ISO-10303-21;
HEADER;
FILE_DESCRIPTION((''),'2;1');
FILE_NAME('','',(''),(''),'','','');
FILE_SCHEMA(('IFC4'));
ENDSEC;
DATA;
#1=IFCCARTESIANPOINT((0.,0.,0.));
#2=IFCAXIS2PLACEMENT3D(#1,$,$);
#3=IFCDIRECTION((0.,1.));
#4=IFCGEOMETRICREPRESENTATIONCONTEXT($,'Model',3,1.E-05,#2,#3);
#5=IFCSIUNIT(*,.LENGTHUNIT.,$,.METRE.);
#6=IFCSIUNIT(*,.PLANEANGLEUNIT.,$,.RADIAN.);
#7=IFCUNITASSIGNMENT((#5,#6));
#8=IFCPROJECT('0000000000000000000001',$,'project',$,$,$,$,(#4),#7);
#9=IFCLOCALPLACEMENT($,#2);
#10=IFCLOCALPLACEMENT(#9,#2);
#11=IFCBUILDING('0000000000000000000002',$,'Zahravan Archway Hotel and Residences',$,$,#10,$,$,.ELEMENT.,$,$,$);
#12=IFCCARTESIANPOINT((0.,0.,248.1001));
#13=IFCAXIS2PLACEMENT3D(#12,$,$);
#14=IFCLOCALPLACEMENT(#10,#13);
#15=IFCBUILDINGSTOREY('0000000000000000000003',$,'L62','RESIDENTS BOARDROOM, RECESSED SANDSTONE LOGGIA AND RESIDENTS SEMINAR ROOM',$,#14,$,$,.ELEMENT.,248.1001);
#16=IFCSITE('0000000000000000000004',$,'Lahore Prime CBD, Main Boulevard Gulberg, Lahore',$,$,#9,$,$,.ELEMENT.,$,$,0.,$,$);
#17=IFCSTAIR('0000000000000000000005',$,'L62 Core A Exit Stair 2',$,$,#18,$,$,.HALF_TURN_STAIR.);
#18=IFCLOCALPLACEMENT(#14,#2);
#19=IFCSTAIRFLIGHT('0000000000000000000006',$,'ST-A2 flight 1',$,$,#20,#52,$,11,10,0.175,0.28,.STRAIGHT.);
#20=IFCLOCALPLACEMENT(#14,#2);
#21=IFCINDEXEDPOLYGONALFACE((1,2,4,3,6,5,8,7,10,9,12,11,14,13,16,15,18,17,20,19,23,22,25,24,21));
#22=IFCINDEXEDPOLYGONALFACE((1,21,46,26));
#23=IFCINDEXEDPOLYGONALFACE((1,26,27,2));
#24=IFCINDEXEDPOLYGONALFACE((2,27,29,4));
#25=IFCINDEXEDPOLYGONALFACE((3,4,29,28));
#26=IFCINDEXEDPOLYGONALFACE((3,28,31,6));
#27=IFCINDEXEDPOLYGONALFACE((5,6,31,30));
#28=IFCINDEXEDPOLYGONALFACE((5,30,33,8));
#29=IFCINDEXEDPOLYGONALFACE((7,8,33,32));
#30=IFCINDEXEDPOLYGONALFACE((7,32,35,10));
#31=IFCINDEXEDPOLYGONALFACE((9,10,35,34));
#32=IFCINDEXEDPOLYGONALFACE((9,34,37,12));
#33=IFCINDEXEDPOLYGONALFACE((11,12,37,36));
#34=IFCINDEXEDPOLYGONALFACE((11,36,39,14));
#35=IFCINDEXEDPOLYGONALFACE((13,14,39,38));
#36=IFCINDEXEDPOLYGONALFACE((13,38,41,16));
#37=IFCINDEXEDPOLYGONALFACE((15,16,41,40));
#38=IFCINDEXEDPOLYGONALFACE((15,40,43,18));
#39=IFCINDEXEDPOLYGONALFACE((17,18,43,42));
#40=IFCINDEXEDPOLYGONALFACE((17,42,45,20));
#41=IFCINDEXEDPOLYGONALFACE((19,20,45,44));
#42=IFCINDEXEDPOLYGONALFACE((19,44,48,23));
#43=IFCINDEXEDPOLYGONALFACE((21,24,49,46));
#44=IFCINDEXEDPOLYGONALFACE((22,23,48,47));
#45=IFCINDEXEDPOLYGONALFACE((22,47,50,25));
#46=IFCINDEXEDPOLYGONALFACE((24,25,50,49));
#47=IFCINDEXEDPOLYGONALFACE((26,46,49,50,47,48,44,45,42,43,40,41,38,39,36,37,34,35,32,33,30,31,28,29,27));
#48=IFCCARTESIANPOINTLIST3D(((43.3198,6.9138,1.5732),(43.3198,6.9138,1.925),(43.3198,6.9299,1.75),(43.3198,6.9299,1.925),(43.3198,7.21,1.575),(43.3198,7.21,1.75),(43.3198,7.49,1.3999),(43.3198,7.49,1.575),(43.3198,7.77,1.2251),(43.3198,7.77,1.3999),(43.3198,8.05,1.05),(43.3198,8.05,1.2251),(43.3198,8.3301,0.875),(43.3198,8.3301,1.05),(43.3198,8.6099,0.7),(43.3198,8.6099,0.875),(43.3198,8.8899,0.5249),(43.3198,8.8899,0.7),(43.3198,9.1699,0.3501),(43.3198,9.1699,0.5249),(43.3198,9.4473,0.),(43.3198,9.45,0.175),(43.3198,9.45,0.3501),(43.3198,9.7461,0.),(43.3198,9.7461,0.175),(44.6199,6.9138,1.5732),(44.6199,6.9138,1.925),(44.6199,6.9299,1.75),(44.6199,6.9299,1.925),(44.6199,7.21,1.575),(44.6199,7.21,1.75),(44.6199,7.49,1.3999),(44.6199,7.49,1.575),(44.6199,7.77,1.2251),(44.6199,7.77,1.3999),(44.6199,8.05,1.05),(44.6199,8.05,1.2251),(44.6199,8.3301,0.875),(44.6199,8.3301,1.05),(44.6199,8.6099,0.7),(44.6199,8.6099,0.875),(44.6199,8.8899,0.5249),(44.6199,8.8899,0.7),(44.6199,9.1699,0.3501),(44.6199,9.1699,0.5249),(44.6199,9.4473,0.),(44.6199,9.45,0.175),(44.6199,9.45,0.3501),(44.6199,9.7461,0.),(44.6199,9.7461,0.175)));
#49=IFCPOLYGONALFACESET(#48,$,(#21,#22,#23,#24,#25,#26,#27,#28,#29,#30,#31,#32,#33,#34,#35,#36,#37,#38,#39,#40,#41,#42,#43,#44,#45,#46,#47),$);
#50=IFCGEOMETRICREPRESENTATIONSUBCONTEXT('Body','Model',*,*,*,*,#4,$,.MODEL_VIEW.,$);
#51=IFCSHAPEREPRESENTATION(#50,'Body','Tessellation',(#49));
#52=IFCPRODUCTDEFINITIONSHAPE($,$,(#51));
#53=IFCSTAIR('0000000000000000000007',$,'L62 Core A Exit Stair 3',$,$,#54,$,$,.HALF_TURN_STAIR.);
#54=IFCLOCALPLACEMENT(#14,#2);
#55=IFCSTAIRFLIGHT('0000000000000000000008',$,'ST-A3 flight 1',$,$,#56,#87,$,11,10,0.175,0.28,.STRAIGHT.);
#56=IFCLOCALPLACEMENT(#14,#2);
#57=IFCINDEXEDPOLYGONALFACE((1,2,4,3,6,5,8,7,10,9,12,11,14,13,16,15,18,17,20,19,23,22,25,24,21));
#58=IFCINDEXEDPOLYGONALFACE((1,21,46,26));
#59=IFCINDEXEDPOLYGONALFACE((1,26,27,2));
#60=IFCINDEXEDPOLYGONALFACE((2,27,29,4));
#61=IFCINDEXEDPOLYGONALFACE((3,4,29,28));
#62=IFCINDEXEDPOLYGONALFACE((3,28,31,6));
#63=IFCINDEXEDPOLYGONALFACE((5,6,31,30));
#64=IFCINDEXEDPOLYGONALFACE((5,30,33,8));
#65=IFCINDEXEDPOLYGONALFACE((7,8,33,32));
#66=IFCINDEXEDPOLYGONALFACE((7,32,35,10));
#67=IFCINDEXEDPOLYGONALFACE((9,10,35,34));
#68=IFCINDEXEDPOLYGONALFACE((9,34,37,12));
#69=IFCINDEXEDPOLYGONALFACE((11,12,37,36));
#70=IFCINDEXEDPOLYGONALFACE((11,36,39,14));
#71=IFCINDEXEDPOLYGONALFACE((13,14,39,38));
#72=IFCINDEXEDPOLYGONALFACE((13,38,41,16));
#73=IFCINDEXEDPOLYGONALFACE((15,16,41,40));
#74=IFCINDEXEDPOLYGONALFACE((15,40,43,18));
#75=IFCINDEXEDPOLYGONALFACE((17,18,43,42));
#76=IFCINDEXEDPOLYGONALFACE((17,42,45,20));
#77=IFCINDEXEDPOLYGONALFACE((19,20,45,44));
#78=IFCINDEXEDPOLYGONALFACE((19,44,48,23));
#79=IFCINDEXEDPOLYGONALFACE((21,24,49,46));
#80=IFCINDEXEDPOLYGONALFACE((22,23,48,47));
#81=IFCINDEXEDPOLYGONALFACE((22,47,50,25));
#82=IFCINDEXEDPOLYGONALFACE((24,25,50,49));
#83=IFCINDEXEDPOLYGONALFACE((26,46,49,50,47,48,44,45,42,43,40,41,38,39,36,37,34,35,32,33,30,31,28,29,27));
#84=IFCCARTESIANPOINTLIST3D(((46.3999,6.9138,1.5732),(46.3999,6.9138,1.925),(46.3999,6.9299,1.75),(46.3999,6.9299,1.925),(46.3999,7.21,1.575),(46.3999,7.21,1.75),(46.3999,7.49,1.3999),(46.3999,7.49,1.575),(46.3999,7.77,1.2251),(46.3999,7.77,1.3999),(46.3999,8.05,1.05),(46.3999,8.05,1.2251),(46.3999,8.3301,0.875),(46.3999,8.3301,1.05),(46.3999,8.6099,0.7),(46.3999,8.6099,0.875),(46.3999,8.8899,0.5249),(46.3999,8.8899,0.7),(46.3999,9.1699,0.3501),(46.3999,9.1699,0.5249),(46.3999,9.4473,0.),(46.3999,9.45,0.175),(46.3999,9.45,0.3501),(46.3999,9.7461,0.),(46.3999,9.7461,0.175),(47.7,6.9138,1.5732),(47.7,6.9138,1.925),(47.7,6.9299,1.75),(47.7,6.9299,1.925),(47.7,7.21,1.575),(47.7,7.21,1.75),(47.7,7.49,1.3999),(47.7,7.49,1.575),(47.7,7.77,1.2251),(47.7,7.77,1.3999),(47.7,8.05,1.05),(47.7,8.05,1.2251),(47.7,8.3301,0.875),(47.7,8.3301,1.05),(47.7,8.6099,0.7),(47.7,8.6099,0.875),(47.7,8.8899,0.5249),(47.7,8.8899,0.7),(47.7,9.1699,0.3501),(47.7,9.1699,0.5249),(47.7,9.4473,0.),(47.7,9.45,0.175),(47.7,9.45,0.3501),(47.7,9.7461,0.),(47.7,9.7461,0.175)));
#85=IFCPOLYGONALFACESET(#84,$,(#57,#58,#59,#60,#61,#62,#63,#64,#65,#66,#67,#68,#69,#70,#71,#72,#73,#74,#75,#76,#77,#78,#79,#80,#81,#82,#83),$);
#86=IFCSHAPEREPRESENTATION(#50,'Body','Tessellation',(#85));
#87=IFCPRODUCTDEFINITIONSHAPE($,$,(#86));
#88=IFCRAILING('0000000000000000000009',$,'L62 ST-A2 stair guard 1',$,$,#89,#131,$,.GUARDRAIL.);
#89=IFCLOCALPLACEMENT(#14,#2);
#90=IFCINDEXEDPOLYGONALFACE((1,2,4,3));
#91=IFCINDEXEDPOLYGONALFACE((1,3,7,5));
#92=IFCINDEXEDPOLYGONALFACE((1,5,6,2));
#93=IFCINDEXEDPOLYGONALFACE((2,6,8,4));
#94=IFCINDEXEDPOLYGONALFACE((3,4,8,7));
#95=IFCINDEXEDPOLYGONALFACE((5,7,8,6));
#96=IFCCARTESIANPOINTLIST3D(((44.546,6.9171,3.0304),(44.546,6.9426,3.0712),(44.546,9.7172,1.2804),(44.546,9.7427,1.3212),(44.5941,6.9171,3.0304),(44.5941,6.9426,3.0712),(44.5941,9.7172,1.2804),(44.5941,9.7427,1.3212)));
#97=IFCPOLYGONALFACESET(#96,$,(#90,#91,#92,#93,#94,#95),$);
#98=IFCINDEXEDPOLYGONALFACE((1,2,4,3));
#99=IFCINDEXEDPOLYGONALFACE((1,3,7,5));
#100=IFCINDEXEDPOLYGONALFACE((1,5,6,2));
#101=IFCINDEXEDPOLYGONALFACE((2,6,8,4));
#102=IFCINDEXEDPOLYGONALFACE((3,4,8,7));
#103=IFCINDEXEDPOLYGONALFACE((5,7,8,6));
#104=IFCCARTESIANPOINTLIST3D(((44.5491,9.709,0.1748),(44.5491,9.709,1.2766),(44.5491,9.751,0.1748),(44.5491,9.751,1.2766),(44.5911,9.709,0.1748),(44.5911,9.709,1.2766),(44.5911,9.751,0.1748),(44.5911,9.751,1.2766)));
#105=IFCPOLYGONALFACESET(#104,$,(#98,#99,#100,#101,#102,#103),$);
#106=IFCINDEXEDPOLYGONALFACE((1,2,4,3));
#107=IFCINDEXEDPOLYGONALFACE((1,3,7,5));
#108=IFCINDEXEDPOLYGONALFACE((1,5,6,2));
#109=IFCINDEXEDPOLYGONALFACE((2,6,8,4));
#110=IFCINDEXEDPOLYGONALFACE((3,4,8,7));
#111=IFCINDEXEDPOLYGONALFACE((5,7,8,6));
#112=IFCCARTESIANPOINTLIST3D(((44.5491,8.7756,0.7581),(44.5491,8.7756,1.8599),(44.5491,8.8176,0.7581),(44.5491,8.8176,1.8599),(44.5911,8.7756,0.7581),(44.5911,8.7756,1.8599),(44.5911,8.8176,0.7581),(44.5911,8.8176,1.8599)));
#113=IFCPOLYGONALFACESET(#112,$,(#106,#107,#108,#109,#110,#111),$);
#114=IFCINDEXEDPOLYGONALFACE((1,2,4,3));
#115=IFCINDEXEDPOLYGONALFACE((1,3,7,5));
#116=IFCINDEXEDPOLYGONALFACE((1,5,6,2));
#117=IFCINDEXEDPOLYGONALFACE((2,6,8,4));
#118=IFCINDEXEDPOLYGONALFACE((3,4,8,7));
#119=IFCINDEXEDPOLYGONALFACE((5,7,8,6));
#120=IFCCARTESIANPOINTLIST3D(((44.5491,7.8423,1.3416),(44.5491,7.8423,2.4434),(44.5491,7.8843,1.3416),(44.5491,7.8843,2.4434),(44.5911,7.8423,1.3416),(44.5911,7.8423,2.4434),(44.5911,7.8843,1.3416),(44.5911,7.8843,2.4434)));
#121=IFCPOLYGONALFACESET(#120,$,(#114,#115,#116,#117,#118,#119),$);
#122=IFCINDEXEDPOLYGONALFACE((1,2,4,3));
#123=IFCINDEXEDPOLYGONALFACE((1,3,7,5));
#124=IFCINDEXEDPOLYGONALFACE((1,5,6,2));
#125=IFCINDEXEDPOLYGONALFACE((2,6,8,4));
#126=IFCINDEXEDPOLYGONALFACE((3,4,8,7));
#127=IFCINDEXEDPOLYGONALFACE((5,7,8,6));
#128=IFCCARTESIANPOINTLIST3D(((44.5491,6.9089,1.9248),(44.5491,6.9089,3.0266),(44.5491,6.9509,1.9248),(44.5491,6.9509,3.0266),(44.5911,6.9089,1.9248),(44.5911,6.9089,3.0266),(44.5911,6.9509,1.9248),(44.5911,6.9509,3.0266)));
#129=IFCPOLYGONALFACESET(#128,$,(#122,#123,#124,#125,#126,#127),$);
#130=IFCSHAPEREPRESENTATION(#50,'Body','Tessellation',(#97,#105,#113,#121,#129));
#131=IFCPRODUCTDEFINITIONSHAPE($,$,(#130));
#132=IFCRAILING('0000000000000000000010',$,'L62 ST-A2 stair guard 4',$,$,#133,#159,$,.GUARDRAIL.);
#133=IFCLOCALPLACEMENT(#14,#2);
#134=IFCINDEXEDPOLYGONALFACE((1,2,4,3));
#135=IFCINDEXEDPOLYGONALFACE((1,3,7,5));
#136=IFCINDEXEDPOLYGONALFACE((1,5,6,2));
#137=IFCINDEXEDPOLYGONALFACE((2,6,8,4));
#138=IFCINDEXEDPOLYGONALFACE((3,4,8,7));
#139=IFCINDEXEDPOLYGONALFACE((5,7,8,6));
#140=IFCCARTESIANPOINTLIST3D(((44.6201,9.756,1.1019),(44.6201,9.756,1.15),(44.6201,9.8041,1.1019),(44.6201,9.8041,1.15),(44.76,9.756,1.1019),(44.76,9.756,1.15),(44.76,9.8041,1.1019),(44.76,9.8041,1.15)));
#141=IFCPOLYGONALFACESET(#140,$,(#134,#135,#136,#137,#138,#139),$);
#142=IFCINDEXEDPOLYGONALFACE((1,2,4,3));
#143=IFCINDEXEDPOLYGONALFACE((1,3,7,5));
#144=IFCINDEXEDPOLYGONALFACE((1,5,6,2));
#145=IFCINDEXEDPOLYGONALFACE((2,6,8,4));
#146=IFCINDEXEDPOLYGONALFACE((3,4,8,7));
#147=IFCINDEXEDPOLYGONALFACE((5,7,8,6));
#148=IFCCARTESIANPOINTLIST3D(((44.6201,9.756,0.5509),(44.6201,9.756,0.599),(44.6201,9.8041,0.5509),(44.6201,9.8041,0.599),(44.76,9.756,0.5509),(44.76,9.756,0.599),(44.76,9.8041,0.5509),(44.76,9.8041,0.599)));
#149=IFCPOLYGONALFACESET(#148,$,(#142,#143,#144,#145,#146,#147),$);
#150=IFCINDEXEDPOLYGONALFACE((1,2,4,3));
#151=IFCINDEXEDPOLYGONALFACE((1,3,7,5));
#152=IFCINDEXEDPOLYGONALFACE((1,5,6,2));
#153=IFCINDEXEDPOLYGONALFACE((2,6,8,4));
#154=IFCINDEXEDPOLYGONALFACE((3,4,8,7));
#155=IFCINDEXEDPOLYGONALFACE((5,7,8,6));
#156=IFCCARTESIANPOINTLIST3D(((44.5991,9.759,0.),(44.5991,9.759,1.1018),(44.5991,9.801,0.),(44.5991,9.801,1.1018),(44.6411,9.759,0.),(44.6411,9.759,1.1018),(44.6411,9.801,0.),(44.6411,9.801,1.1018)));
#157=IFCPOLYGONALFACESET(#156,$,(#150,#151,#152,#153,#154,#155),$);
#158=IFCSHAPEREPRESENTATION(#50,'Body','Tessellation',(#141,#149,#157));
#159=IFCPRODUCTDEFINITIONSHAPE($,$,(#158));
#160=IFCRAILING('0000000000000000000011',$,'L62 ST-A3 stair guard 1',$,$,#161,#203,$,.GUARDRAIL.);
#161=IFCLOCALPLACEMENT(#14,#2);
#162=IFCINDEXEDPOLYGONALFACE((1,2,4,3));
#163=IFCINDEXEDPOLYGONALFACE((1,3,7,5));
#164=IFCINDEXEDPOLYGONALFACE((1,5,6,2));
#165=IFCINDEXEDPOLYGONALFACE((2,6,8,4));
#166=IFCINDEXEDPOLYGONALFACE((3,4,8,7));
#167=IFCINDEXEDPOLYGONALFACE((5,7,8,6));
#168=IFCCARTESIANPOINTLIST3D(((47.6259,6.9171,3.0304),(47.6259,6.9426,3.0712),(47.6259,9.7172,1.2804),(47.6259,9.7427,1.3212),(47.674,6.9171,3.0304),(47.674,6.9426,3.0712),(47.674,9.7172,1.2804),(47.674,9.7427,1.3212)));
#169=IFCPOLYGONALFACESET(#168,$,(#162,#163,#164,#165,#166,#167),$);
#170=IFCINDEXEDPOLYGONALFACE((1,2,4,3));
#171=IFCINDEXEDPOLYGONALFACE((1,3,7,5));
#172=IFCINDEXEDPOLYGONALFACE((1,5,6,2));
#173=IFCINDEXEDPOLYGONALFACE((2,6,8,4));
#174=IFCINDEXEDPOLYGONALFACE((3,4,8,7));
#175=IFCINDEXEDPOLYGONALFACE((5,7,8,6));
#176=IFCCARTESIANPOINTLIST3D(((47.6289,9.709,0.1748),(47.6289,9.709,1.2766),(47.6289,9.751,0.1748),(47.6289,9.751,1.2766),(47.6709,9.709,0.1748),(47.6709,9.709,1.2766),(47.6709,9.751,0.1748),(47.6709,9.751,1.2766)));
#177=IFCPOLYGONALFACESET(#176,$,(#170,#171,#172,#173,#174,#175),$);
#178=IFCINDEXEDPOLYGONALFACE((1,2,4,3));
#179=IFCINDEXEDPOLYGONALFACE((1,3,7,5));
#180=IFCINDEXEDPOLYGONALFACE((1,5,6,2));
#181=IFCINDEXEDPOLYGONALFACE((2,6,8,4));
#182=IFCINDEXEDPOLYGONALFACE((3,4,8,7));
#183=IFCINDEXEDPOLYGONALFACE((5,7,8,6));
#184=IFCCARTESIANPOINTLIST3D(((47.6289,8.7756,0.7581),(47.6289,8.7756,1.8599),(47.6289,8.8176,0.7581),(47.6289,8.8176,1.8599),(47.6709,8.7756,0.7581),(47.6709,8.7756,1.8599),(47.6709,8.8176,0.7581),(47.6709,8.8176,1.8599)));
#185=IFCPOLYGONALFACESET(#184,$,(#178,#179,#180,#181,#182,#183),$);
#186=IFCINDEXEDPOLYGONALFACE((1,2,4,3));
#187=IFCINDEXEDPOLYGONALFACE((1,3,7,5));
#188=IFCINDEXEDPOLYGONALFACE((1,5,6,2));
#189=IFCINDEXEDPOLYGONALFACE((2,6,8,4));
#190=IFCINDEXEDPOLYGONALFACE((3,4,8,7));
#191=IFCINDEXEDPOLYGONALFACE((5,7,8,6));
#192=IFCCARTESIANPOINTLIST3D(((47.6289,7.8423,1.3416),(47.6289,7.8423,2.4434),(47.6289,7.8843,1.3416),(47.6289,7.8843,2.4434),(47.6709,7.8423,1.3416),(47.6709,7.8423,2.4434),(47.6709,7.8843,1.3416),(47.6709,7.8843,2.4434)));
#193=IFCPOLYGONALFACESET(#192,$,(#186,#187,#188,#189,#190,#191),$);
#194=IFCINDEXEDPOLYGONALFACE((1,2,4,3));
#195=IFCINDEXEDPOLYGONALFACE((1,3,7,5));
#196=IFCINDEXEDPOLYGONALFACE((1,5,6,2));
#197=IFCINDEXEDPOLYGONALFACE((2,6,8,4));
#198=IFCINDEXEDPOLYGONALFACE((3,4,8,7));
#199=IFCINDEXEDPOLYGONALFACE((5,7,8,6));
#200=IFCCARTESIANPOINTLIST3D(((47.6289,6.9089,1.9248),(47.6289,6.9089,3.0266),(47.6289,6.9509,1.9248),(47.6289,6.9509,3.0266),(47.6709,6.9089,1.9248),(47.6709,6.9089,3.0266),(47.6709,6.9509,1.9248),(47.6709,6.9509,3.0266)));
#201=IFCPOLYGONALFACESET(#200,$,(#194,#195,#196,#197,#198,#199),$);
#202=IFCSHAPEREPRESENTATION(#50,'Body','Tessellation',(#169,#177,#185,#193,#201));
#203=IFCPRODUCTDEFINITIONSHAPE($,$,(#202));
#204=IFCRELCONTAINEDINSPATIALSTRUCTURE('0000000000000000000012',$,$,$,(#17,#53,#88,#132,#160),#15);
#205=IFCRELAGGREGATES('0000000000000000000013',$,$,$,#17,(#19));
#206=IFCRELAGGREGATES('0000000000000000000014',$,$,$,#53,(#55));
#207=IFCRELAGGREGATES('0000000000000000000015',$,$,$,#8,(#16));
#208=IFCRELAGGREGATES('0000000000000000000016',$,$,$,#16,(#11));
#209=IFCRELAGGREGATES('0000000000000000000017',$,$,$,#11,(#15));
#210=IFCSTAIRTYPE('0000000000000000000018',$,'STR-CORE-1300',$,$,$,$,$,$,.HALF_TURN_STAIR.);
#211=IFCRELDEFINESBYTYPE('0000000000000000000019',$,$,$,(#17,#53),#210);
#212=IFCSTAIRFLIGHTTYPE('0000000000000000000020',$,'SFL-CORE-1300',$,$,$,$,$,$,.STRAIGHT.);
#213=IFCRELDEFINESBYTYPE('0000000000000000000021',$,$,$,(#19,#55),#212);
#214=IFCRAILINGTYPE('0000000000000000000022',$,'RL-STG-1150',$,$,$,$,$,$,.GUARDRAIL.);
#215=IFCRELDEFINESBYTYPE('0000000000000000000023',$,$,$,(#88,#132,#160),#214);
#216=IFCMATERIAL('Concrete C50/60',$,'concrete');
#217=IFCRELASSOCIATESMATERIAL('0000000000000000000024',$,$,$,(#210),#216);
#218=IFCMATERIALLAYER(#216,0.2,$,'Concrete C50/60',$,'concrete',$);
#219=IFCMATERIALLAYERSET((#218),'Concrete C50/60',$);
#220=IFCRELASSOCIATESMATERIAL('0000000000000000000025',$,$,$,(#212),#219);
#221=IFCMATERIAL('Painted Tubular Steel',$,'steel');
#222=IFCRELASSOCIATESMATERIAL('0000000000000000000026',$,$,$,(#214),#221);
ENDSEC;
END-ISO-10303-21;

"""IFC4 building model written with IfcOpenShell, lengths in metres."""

from ifc_helpers import new_model, si_unit, direction, frame, origin, origin_2d, place, context, subcontext, project, spatial, polyline, rectangle, outline, extrude, source, transform, mapped, material, layer, layer_set, type_object, element, aggregate, save


model = new_model("IFC4")

# Units and contexts
model_context = context("Model", 3, precision=1e-05, world=origin(), true_north=direction((0.0, 1.0)))
body_context = subcontext(model_context, "Body", "Model", "MODEL_VIEW")
ifc_project = project(units=[si_unit("LENGTHUNIT", "METRE"), si_unit("PLANEANGLEUNIT", "RADIAN")], contexts=[model_context])

# Site, building, storey
site_placement = place(None, origin())
site = spatial("IfcSite", under=ifc_project, at=site_placement, Name="Lahore Prime CBD, Main Boulevard Gulberg, Lahore", CompositionType="ELEMENT", RefElevation=0.0)
building_placement = place(site_placement, origin())
building = spatial("IfcBuilding", under=site, at=building_placement, Name="Zahravan Archway Hotel and Residences", CompositionType="ELEMENT")
storey_placement = place(building_placement, frame((0.0, 0.0, 248.1001)))
storey = spatial("IfcBuildingStorey", under=building, at=storey_placement, Name="L62", Description="RESIDENTS BOARDROOM, RECESSED SANDSTONE LOGGIA AND RESIDENTS SEMINAR ROOM", CompositionType="ELEMENT", Elevation=248.1001)

# Shared definitions
ifc_material_1 = material(Name="Concrete C50/60", Category="concrete")

# Stairs, stair flights
stair_type = type_object("IfcStairType", Name="STR-CORE-1300", PredefinedType="HALF_TURN_STAIR", material=ifc_material_1)
stair_1_placement = place(storey_placement, origin())
stair_1 = element("IfcStair", 1, at=stair_1_placement, inside=storey, type_object=stair_type, Name="L62 Core A Exit Stair 2", PredefinedType="HALF_TURN_STAIR")
ifc_layer_1 = layer(ifc_material_1, 0.2, Name="Concrete C50/60", Category="concrete")
ifc_layer_set_1 = layer_set([ifc_layer_1], Name="Concrete C50/60")
stair_flight_type = type_object("IfcStairFlightType", Name="SFL-CORE-1300", PredefinedType="STRAIGHT", material=ifc_layer_set_1)
shared_shape_1 = source(origin(), body_context, "Body", "SweptSolid", [
    extrude(outline(polyline([(-0.0161, 0.0), (-0.0161, 0.175), (0.28, 0.175), (0.28, 0.3501), (0.5601, 0.3501), (0.5601, 0.5249), (0.8401, 0.5249), (0.8401, 0.7), (1.1201, 0.7), (1.1201, 0.875), (1.3999, 0.875), (1.3999, 1.05), (1.6799, 1.05), (1.6799, 1.2251), (1.96, 1.2251), (1.96, 1.3999), (2.24, 1.3999), (2.24, 1.575), (2.52, 1.575), (2.52, 1.75), (2.8, 1.75), (2.8, 1.925), (2.8162, 1.925), (2.8162, 1.5732), (0.2827, 0.0), (-0.0161, 0.0)])), frame((0.0, 0.6499, 0.0), z_axis=(0.0, -1.0, 0.0), x_axis=(1.0, 0.0, 0.0)), (0.0, 0.0, 1.0), 1.3),
])
stair_flight_1_placement = place(storey_placement, frame((43.97, 9.73, 0.0), z_axis=(0.0, 0.0, 1.0), x_axis=(0.0, -1.0, 0.0)))
stair_flight_1 = element("IfcStairFlight", 2, at=stair_flight_1_placement, type_object=stair_flight_type, Name="ST-A2 flight 1", NumberOfRisers=11, NumberOfTreads=10, PredefinedType="STRAIGHT", RiserHeight=0.175, TreadLength=0.28, context=body_context, shape_type="MappedRepresentation", body=[
    mapped(shared_shape_1, transform((0.0, 0.0, 0.0), scale=1.0)),
])
aggregate(stair_1, [stair_flight_1])
stair_2_placement = place(storey_placement, origin())
stair_2 = element("IfcStair", 3, at=stair_2_placement, inside=storey, type_object=stair_type, Name="L62 Core A Exit Stair 3", PredefinedType="HALF_TURN_STAIR")
stair_flight_2_placement = place(storey_placement, frame((47.05, 9.73, 0.0), z_axis=(0.0, 0.0, 1.0), x_axis=(0.0, -1.0, 0.0)))
stair_flight_2 = element("IfcStairFlight", 4, at=stair_flight_2_placement, type_object=stair_flight_type, Name="ST-A3 flight 1", NumberOfRisers=11, NumberOfTreads=10, PredefinedType="STRAIGHT", RiserHeight=0.175, TreadLength=0.28, context=body_context, shape_type="MappedRepresentation", body=[
    mapped(shared_shape_1, transform((0.0, 0.0, 0.0), scale=1.0)),
])
aggregate(stair_2, [stair_flight_2])

# Railings
ifc_material_2 = material(Name="Painted Tubular Steel", Category="steel")
railing_type_1 = type_object("IfcRailingType", Name="RL-STG-1150", PredefinedType="GUARDRAIL", material=ifc_material_2)
railing_1_placement = place(storey_placement, frame((44.5701, 9.73, 0.1748)))
element("IfcRailing", 5, at=railing_1_placement, inside=storey, type_object=railing_type_1, Name="L62 ST-A2 stair guard 1", PredefinedType="GUARDRAIL", context=body_context, shape_type="SweptSolid", body=[
    extrude(rectangle(XDim=0.0481, YDim=0.0481, at=origin_2d()), frame((0.0, 0.0, 1.126), z_axis=(0.0, -0.848002, 0.529992), x_axis=(1.0, 0.0, 0.0)), (0.0, 0.0, 1.0), 3.302),
    extrude(rectangle(XDim=0.042, YDim=0.042, at=origin_2d()), origin(), (0.0, 0.0, 1.0), 1.1018),
    extrude(rectangle(XDim=0.042, YDim=0.042, at=origin_2d()), frame((0.0, -0.9333, 0.5833)), (0.0, 0.0, 1.0), 1.1018),
    extrude(rectangle(XDim=0.042, YDim=0.042, at=origin_2d()), frame((0.0, -1.8667, 1.1667)), (0.0, 0.0, 1.0), 1.1018),
    extrude(rectangle(XDim=0.042, YDim=0.042, at=origin_2d()), frame((0.0, -2.8, 1.75)), (0.0, 0.0, 1.0), 1.1018),
])
railing_2_placement = place(storey_placement, frame((44.6201, 9.78, 0.0)))
element("IfcRailing", 6, at=railing_2_placement, inside=storey, type_object=railing_type_1, Name="L62 ST-A2 stair guard 4", PredefinedType="GUARDRAIL", context=body_context, shape_type="SweptSolid", body=[
    extrude(rectangle(XDim=0.0481, YDim=0.0481, at=origin_2d()), frame((0.0, 0.0, 1.126), z_axis=(1.0, 0.0, 0.0), x_axis=(0.0, 1.0, 0.0)), (0.0, 0.0, 1.0), 0.1399),
    extrude(rectangle(XDim=0.0481, YDim=0.0481, at=origin_2d()), frame((0.0, 0.0, 0.575), z_axis=(1.0, 0.0, 0.0), x_axis=(0.0, 1.0, 0.0)), (0.0, 0.0, 1.0), 0.1399),
    extrude(rectangle(XDim=0.042, YDim=0.042, at=origin_2d()), origin(), (0.0, 0.0, 1.0), 1.1018),
])
railing_3_placement = place(storey_placement, frame((47.6499, 9.73, 0.1748)))
element("IfcRailing", 7, at=railing_3_placement, inside=storey, type_object=railing_type_1, Name="L62 ST-A3 stair guard 1", PredefinedType="GUARDRAIL", context=body_context, shape_type="SweptSolid", body=[
    extrude(rectangle(XDim=0.0481, YDim=0.0481, at=origin_2d()), frame((0.0, 0.0, 1.126), z_axis=(0.0, -0.848002, 0.529992), x_axis=(1.0, 0.0, 0.0)), (0.0, 0.0, 1.0), 3.302),
    extrude(rectangle(XDim=0.042, YDim=0.042, at=origin_2d()), origin(), (0.0, 0.0, 1.0), 1.1018),
    extrude(rectangle(XDim=0.042, YDim=0.042, at=origin_2d()), frame((0.0, -0.9333, 0.5833)), (0.0, 0.0, 1.0), 1.1018),
    extrude(rectangle(XDim=0.042, YDim=0.042, at=origin_2d()), frame((0.0, -1.8667, 1.1667)), (0.0, 0.0, 1.0), 1.1018),
    extrude(rectangle(XDim=0.042, YDim=0.042, at=origin_2d()), frame((0.0, -2.8, 1.75)), (0.0, 0.0, 1.0), 1.1018),
])

save(model, "model.ifc")
